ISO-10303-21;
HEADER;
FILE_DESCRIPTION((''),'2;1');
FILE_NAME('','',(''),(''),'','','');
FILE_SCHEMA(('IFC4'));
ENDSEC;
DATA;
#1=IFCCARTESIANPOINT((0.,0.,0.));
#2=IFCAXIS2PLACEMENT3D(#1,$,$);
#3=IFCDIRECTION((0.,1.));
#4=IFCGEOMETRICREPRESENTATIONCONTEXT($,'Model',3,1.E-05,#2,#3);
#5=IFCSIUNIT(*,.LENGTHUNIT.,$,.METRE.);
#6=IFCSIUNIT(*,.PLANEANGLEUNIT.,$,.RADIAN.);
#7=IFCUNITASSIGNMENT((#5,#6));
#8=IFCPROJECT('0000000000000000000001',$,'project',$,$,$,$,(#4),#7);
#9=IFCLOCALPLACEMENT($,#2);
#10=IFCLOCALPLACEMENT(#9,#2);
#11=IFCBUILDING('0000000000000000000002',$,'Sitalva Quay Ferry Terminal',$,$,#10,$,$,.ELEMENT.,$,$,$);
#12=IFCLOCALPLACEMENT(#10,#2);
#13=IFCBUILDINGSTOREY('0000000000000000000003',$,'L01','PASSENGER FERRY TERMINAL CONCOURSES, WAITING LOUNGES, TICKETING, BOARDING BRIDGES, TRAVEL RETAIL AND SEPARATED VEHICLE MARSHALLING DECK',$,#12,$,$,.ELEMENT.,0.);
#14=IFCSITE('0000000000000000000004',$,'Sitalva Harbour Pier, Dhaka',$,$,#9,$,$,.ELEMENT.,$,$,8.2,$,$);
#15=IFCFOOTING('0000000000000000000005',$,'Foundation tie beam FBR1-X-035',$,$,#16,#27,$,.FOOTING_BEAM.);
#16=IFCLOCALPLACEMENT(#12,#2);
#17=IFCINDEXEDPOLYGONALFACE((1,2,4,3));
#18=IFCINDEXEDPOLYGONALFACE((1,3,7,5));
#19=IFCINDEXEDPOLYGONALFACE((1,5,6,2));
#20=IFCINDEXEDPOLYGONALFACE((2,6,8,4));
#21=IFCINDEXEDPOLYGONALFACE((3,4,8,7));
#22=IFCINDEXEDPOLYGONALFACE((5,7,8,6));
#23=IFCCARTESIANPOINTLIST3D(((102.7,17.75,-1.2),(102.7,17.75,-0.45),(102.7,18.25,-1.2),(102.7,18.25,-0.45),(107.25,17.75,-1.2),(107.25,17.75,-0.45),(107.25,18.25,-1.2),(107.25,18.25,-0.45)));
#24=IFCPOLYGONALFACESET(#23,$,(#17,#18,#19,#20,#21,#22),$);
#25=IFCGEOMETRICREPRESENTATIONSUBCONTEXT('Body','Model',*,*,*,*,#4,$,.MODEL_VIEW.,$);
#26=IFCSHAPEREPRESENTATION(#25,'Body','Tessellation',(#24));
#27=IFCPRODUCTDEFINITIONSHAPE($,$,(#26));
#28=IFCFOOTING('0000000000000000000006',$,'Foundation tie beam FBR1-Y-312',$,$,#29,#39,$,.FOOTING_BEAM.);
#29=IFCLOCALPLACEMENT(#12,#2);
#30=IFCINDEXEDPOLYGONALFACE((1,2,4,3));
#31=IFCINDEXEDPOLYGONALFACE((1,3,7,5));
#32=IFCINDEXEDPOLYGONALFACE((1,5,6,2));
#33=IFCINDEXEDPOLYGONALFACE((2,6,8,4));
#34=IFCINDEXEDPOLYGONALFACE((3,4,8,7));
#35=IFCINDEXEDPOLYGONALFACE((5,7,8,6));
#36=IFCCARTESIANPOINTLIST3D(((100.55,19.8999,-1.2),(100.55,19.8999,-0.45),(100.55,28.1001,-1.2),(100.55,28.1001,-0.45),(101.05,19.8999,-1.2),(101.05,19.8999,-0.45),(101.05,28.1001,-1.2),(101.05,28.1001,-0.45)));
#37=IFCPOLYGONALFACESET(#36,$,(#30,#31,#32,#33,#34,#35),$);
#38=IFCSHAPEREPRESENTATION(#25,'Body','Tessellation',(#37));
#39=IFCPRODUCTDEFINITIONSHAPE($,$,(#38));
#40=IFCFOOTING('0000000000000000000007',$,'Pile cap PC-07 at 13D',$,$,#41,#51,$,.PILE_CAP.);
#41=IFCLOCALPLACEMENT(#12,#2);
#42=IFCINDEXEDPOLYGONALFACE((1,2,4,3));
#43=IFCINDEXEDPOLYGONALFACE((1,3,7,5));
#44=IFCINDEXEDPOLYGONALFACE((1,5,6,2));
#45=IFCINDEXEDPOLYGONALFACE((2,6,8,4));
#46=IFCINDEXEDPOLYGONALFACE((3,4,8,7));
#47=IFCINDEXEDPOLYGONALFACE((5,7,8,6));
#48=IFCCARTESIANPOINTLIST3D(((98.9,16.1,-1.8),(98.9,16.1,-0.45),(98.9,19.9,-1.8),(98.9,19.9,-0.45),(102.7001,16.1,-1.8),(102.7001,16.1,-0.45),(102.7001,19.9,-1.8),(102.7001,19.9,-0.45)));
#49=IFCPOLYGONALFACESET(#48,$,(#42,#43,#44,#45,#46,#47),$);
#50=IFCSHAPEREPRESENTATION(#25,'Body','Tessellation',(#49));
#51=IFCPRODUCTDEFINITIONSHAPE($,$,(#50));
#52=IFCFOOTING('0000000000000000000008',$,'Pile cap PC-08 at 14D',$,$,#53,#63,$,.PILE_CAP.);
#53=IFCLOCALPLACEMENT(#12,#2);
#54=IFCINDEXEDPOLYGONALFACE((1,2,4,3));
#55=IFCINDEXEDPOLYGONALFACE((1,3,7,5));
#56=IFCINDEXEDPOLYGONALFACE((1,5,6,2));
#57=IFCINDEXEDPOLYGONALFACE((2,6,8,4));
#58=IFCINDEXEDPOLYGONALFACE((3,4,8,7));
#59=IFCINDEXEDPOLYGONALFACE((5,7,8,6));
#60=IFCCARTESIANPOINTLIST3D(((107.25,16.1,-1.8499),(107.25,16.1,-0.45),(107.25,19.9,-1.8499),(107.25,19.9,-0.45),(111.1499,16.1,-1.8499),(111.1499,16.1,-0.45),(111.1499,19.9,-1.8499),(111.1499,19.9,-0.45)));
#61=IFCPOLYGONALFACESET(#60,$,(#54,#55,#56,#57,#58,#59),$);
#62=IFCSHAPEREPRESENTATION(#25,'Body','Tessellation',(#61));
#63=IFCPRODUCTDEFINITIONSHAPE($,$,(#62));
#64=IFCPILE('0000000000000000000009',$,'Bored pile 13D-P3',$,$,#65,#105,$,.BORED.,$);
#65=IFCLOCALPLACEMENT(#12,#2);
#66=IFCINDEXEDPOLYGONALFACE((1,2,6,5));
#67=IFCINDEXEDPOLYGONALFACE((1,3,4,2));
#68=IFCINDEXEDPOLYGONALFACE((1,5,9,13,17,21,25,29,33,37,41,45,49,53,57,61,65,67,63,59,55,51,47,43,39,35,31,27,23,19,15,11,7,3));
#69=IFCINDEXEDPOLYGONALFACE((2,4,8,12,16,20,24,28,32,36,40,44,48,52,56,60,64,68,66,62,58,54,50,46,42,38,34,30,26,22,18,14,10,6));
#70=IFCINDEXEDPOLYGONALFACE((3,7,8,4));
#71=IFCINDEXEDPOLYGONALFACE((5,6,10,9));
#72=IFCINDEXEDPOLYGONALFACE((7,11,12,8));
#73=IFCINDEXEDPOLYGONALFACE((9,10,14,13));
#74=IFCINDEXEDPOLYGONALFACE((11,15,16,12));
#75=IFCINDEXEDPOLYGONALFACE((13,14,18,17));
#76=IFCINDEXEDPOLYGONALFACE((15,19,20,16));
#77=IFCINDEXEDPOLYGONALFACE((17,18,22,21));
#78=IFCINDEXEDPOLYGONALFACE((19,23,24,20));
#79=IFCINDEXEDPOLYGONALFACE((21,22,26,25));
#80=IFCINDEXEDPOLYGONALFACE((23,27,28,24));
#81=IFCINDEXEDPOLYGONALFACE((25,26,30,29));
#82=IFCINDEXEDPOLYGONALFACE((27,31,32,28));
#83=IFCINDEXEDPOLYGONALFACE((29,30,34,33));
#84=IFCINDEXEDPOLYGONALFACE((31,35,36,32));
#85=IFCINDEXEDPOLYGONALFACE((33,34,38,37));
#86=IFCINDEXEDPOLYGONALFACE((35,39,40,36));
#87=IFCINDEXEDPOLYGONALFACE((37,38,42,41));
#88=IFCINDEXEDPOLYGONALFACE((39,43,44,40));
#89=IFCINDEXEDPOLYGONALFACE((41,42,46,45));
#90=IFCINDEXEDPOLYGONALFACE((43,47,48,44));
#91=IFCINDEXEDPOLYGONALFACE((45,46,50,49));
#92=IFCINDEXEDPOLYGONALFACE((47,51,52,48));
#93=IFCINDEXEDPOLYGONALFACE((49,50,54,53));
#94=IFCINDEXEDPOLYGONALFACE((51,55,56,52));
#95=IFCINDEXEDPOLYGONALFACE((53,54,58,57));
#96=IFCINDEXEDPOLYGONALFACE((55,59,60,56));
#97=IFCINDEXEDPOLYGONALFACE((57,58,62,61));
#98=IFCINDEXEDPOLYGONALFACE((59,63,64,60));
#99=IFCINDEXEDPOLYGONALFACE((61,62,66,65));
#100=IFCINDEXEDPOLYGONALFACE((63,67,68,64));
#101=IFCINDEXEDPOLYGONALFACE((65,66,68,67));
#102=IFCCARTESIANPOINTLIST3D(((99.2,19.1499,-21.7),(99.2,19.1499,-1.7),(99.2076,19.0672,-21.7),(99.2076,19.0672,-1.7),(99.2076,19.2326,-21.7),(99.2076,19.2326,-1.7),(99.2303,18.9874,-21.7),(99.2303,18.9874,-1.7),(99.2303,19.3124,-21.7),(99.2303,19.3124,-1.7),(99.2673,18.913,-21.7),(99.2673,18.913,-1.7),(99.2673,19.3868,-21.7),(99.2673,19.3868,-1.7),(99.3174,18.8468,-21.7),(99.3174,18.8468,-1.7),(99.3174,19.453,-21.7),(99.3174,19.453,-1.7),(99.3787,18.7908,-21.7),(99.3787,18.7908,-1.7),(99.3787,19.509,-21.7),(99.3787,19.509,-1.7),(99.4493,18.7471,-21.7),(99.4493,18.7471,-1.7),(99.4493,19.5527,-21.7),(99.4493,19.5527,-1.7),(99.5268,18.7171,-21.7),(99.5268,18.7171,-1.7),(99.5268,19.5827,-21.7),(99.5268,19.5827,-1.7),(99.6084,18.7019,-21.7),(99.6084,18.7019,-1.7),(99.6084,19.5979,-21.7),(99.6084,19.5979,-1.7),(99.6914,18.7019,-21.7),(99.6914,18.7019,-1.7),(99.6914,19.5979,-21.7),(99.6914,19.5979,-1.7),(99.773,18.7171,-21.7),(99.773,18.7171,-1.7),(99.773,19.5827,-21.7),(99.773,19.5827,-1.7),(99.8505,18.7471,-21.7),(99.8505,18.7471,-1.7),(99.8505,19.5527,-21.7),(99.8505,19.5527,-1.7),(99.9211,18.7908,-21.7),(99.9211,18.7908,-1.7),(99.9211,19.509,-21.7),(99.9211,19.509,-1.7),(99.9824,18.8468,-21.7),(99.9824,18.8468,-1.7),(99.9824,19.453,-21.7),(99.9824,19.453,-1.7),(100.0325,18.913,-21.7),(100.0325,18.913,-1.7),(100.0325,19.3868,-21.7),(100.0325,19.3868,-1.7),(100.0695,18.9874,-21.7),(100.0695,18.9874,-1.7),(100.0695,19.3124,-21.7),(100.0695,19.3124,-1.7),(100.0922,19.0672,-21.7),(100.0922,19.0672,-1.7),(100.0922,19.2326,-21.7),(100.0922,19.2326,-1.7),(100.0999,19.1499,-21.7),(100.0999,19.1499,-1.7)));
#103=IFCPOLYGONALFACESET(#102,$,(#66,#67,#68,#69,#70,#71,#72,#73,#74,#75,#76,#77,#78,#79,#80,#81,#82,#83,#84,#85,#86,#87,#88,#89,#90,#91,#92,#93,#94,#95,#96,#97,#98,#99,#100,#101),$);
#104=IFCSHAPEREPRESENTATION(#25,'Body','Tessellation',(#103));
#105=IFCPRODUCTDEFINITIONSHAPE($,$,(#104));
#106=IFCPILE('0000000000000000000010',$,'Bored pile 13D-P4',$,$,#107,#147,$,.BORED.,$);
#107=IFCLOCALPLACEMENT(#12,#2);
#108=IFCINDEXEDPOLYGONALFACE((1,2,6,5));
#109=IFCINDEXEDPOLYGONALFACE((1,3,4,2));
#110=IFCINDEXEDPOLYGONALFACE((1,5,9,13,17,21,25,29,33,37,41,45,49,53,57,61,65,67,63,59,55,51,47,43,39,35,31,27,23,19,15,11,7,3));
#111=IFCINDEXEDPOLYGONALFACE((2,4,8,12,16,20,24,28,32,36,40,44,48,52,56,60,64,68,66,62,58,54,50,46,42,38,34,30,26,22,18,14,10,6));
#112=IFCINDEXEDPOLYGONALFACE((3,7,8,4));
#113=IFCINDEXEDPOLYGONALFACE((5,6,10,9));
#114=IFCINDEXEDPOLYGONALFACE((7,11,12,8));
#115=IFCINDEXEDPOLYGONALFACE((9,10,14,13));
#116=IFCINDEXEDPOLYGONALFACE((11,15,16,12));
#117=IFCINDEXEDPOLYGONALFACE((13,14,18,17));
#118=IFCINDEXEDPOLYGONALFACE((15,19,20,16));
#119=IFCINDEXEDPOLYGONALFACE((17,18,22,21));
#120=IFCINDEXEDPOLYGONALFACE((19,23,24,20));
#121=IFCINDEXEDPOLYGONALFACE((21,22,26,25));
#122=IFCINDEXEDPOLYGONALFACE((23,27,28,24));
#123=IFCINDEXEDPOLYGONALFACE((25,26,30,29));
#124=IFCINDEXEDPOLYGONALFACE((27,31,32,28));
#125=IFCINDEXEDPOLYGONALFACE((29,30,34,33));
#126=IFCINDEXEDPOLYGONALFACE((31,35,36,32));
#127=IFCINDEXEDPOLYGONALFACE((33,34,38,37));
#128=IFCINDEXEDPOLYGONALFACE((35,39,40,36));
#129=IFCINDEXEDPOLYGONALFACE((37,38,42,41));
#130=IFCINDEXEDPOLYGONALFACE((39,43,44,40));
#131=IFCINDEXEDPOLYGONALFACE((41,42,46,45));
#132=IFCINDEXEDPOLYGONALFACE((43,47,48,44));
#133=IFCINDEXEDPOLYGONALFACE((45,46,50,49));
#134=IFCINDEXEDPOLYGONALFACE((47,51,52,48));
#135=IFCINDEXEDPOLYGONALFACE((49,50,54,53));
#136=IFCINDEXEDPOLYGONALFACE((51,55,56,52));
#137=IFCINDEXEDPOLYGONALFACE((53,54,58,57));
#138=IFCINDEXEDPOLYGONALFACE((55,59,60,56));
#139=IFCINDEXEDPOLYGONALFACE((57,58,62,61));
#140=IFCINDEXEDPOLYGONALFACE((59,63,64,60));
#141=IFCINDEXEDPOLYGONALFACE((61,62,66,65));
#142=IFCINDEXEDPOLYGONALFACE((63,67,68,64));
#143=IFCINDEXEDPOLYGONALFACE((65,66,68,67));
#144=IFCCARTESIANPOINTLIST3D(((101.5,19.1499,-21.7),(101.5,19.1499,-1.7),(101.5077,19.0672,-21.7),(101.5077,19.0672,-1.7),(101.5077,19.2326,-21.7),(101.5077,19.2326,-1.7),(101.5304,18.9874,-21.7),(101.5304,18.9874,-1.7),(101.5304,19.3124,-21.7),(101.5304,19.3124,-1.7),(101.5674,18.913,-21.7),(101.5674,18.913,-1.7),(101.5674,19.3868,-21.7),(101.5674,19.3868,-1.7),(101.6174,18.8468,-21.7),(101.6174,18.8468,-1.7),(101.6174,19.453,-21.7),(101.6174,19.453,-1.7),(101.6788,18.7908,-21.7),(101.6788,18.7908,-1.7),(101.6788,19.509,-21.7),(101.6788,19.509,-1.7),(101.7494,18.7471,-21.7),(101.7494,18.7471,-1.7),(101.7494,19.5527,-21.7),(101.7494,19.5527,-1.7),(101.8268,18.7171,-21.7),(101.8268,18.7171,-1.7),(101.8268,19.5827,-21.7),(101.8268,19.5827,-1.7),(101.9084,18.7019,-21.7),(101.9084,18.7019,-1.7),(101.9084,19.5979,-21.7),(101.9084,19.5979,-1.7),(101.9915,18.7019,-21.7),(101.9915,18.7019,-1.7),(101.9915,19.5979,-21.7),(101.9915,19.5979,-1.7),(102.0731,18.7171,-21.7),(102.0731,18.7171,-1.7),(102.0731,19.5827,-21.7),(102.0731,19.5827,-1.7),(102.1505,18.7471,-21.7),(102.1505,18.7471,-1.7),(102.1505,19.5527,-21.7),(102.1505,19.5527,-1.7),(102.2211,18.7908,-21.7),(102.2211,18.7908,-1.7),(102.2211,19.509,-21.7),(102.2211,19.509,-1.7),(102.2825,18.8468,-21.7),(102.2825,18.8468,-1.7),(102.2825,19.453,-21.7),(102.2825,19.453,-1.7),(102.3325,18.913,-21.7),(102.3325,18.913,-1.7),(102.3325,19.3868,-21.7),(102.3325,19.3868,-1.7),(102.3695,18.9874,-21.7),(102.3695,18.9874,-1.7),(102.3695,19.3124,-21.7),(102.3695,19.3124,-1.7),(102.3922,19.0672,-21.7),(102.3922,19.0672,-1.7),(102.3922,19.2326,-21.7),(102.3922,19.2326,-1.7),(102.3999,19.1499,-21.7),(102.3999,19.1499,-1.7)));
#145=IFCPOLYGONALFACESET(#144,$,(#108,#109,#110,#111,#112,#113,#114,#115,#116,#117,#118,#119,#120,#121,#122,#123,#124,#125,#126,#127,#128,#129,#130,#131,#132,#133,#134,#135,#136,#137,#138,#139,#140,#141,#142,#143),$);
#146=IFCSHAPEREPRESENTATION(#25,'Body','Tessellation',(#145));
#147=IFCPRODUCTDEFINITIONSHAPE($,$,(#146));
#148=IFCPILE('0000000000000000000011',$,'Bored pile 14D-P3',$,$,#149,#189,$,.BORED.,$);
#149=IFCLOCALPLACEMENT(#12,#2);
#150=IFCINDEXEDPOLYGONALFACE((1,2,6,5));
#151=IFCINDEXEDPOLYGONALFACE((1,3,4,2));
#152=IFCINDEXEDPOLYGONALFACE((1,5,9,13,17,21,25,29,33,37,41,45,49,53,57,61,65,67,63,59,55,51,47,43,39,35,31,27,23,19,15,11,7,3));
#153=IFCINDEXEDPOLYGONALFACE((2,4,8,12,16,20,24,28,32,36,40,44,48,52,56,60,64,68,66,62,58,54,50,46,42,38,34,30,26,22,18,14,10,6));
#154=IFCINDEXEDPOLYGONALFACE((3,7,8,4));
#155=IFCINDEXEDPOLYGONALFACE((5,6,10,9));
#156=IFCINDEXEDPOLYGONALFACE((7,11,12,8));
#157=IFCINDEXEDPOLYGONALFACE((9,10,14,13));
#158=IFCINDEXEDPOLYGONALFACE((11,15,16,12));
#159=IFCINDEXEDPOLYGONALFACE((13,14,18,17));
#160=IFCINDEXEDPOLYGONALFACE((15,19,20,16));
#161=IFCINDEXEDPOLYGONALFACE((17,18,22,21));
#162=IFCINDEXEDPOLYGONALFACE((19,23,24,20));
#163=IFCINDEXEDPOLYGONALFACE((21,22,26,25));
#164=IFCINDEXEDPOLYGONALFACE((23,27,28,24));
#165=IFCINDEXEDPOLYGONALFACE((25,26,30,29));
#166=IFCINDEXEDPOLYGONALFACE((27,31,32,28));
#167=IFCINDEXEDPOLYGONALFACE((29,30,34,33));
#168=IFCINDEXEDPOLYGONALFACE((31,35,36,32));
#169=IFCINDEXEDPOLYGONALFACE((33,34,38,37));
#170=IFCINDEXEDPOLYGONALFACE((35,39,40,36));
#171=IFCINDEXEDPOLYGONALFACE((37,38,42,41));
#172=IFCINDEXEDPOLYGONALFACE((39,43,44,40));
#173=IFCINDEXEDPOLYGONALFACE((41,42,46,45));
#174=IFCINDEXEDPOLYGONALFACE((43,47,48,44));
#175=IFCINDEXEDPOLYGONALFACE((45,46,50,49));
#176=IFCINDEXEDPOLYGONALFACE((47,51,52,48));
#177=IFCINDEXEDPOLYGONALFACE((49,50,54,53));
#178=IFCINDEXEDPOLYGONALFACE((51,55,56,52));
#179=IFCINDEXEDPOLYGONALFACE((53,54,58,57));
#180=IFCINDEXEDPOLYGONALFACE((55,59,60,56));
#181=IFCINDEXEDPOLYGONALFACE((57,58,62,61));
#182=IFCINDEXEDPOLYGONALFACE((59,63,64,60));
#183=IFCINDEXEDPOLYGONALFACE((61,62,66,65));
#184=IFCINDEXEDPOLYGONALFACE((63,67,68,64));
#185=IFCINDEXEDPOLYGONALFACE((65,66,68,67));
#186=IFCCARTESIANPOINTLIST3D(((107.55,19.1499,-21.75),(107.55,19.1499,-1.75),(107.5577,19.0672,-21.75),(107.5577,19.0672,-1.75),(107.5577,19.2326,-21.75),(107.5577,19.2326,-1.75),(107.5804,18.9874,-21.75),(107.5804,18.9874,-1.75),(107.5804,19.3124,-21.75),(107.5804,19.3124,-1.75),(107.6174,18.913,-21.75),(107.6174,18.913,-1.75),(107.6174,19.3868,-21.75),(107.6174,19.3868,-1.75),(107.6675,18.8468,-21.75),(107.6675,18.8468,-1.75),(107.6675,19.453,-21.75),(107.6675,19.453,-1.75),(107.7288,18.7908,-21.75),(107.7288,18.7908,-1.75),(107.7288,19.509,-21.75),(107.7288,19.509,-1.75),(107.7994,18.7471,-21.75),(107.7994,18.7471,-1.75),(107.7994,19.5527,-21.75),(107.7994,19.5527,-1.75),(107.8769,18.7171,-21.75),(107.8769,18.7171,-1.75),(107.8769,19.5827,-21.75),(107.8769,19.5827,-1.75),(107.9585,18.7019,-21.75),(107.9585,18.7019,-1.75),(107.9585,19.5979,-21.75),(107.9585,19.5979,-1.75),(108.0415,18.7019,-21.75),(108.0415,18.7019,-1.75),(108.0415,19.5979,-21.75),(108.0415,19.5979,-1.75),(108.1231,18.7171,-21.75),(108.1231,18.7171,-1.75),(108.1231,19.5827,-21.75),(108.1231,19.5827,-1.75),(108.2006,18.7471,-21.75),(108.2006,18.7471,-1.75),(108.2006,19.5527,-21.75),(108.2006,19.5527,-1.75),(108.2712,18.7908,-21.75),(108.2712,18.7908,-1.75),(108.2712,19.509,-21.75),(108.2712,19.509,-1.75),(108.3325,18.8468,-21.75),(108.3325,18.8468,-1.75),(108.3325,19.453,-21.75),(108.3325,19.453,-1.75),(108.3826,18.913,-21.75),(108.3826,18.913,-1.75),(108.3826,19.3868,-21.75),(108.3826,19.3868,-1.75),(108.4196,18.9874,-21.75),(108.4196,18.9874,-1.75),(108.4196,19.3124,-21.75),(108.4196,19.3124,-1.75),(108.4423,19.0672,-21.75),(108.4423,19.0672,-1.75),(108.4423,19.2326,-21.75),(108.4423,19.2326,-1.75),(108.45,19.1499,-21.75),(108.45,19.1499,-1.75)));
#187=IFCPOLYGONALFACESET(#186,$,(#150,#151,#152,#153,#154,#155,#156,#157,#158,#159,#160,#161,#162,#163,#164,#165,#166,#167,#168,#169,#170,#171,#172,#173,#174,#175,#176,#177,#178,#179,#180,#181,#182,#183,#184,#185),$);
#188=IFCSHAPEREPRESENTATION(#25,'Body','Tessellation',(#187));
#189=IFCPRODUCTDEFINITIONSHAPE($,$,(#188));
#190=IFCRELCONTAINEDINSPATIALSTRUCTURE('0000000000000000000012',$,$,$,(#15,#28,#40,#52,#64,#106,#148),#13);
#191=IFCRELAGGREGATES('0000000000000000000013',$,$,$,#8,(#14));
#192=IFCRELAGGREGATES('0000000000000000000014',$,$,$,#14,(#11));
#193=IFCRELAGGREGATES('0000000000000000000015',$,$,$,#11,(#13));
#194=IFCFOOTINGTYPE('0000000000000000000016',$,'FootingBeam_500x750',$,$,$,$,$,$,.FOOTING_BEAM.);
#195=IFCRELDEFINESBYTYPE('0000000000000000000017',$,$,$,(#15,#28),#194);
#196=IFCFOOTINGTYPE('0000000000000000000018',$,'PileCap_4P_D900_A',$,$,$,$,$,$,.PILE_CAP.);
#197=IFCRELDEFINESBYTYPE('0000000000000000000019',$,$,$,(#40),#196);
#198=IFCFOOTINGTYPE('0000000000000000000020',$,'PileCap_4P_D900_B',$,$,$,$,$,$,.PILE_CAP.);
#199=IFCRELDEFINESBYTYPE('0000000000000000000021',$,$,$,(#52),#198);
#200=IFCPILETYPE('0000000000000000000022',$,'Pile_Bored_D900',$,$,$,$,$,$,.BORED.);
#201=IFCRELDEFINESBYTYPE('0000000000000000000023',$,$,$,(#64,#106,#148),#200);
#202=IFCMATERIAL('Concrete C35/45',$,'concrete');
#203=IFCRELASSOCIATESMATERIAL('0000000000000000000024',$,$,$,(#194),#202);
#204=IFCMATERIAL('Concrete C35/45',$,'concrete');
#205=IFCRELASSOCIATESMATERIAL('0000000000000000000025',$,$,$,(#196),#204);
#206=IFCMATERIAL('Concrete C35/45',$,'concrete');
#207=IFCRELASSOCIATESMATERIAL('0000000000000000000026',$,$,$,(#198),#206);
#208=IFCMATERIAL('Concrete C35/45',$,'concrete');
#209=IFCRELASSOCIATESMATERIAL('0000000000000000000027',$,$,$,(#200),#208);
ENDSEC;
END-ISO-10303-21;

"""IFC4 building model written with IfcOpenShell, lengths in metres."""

from ifc_helpers import new_model, si_unit, direction, frame, origin, origin_2d, place, context, subcontext, project, spatial, rectangle, circle, extrude, material, material_profile, profile_set, type_object, element, save


model = new_model("IFC4")

# Units and contexts
model_context = context("Model", 3, precision=1e-05, world=origin(), true_north=direction((0.0, 1.0)))
body_context = subcontext(model_context, "Body", "Model", "MODEL_VIEW")
ifc_project = project(units=[si_unit("LENGTHUNIT", "METRE"), si_unit("PLANEANGLEUNIT", "RADIAN")], contexts=[model_context])

# Site, building, storey
site_placement = place(None, origin())
site = spatial("IfcSite", under=ifc_project, at=site_placement, Name="Sitalva Harbour Pier, Dhaka", CompositionType="ELEMENT", RefElevation=8.2)
building_placement = place(site_placement, origin())
building = spatial("IfcBuilding", under=site, at=building_placement, Name="Sitalva Quay Ferry Terminal", CompositionType="ELEMENT")
storey_placement = place(building_placement, origin())
storey = spatial("IfcBuildingStorey", under=building, at=storey_placement, Name="L01", Description="PASSENGER FERRY TERMINAL CONCOURSES, WAITING LOUNGES, TICKETING, BOARDING BRIDGES, TRAVEL RETAIL AND SEPARATED VEHICLE MARSHALLING DECK", CompositionType="ELEMENT", Elevation=0.0)

# Footings
ifc_material_1 = material(Name="Concrete C35/45", Category="concrete")
ifc_material_profile_1 = material_profile(ifc_material_1, rectangle(XDim=0.5, YDim=0.75, at=origin_2d()), Name="RC500x750")
ifc_profile_set_1 = profile_set([ifc_material_profile_1], Name="Concrete C35/45")
footing_type_1 = type_object("IfcFootingType", Name="FootingBeam_500x750", PredefinedType="FOOTING_BEAM", material=ifc_profile_set_1)
footing_1_placement = place(storey_placement, frame((102.7, 18.0, -0.825), z_axis=(1.0, 0.0, 0.0), x_axis=(0.0, 1.0, 0.0)))
element("IfcFooting", 1, at=footing_1_placement, inside=storey, type_object=footing_type_1, Name="Foundation tie beam FBR1-X-035", PredefinedType="FOOTING_BEAM", context=body_context, shape_type="SweptSolid", body=[
    extrude(rectangle(XDim=0.5, YDim=0.75, at=origin_2d()), origin(), (0.0, 0.0, 1.0), 4.55),
])
footing_2_placement = place(storey_placement, frame((100.8, 19.8999, -0.825), z_axis=(0.0, 1.0, 0.0), x_axis=(-1.0, 0.0, 0.0)))
element("IfcFooting", 2, at=footing_2_placement, inside=storey, type_object=footing_type_1, Name="Foundation tie beam FBR1-Y-312", PredefinedType="FOOTING_BEAM", context=body_context, shape_type="SweptSolid", body=[
    extrude(rectangle(XDim=0.5, YDim=0.75, at=origin_2d()), origin(), (0.0, 0.0, 1.0), 8.2002),
])
ifc_material_2 = material(Name="Concrete C35/45", Category="concrete")
footing_type_2 = type_object("IfcFootingType", Name="PileCap_4P_D900_A", PredefinedType="PILE_CAP", material=ifc_material_2)
footing_3_placement = place(storey_placement, frame((100.8, 18.0, -1.8), z_axis=(0.0, 0.0, 1.0), x_axis=(1.0, 0.0, 0.0)))
element("IfcFooting", 3, at=footing_3_placement, inside=storey, type_object=footing_type_2, Name="Pile cap PC-07 at 13D", PredefinedType="PILE_CAP", context=body_context, shape_type="SweptSolid", body=[
    extrude(rectangle(XDim=3.8, YDim=3.8, at=origin_2d()), origin(), (0.0, 0.0, 1.0), 1.3501),
])
ifc_material_3 = material(Name="Concrete C35/45", Category="concrete")
footing_type_3 = type_object("IfcFootingType", Name="PileCap_4P_D900_B", PredefinedType="PILE_CAP", material=ifc_material_3)
footing_4_placement = place(storey_placement, frame((109.2, 18.0, -1.8499), z_axis=(0.0, 0.0, 1.0), x_axis=(1.0, 0.0, 0.0)))
element("IfcFooting", 4, at=footing_4_placement, inside=storey, type_object=footing_type_3, Name="Pile cap PC-08 at 14D", PredefinedType="PILE_CAP", context=body_context, shape_type="SweptSolid", body=[
    extrude(rectangle(XDim=3.8999, YDim=3.8, at=origin_2d()), origin(), (0.0, 0.0, 1.0), 1.3999),
])

# Piles
ifc_material_4 = material(Name="Concrete C35/45", Category="concrete")
ifc_material_profile_2 = material_profile(ifc_material_4, circle(Radius=0.45, at=origin_2d()), Name="PILE-D900")
ifc_profile_set_2 = profile_set([ifc_material_profile_2], Name="Concrete C35/45")
pile_type = type_object("IfcPileType", Name="Pile_Bored_D900", PredefinedType="BORED", material=ifc_profile_set_2)
for number, where, z_axis, x_axis, name in (
    (5, (99.6499, 19.1499, -1.7), (0.0, 0.0, -1.0), (1.0, 0.0, 0.0), "Bored pile 13D-P3"),
    (6, (101.95, 19.1499, -1.7), (0.0, 0.0, -1.0), (1.0, 0.0, 0.0), "Bored pile 13D-P4"),
    (7, (108.0, 19.1499, -1.75), (0.0, 0.0, -1.0), (1.0, 0.0, 0.0), "Bored pile 14D-P3"),
):
    element("IfcPile", number, at=place(storey_placement, frame(where, z_axis=z_axis, x_axis=x_axis)), inside=storey, type_object=pile_type, Name=name, PredefinedType="BORED", context=body_context, shape_type="SweptSolid", body=[
        extrude(circle(Radius=0.45, at=origin_2d()), origin(), (0.0, 0.0, 1.0), 20.0),
    ])

save(model, "model.ifc")
